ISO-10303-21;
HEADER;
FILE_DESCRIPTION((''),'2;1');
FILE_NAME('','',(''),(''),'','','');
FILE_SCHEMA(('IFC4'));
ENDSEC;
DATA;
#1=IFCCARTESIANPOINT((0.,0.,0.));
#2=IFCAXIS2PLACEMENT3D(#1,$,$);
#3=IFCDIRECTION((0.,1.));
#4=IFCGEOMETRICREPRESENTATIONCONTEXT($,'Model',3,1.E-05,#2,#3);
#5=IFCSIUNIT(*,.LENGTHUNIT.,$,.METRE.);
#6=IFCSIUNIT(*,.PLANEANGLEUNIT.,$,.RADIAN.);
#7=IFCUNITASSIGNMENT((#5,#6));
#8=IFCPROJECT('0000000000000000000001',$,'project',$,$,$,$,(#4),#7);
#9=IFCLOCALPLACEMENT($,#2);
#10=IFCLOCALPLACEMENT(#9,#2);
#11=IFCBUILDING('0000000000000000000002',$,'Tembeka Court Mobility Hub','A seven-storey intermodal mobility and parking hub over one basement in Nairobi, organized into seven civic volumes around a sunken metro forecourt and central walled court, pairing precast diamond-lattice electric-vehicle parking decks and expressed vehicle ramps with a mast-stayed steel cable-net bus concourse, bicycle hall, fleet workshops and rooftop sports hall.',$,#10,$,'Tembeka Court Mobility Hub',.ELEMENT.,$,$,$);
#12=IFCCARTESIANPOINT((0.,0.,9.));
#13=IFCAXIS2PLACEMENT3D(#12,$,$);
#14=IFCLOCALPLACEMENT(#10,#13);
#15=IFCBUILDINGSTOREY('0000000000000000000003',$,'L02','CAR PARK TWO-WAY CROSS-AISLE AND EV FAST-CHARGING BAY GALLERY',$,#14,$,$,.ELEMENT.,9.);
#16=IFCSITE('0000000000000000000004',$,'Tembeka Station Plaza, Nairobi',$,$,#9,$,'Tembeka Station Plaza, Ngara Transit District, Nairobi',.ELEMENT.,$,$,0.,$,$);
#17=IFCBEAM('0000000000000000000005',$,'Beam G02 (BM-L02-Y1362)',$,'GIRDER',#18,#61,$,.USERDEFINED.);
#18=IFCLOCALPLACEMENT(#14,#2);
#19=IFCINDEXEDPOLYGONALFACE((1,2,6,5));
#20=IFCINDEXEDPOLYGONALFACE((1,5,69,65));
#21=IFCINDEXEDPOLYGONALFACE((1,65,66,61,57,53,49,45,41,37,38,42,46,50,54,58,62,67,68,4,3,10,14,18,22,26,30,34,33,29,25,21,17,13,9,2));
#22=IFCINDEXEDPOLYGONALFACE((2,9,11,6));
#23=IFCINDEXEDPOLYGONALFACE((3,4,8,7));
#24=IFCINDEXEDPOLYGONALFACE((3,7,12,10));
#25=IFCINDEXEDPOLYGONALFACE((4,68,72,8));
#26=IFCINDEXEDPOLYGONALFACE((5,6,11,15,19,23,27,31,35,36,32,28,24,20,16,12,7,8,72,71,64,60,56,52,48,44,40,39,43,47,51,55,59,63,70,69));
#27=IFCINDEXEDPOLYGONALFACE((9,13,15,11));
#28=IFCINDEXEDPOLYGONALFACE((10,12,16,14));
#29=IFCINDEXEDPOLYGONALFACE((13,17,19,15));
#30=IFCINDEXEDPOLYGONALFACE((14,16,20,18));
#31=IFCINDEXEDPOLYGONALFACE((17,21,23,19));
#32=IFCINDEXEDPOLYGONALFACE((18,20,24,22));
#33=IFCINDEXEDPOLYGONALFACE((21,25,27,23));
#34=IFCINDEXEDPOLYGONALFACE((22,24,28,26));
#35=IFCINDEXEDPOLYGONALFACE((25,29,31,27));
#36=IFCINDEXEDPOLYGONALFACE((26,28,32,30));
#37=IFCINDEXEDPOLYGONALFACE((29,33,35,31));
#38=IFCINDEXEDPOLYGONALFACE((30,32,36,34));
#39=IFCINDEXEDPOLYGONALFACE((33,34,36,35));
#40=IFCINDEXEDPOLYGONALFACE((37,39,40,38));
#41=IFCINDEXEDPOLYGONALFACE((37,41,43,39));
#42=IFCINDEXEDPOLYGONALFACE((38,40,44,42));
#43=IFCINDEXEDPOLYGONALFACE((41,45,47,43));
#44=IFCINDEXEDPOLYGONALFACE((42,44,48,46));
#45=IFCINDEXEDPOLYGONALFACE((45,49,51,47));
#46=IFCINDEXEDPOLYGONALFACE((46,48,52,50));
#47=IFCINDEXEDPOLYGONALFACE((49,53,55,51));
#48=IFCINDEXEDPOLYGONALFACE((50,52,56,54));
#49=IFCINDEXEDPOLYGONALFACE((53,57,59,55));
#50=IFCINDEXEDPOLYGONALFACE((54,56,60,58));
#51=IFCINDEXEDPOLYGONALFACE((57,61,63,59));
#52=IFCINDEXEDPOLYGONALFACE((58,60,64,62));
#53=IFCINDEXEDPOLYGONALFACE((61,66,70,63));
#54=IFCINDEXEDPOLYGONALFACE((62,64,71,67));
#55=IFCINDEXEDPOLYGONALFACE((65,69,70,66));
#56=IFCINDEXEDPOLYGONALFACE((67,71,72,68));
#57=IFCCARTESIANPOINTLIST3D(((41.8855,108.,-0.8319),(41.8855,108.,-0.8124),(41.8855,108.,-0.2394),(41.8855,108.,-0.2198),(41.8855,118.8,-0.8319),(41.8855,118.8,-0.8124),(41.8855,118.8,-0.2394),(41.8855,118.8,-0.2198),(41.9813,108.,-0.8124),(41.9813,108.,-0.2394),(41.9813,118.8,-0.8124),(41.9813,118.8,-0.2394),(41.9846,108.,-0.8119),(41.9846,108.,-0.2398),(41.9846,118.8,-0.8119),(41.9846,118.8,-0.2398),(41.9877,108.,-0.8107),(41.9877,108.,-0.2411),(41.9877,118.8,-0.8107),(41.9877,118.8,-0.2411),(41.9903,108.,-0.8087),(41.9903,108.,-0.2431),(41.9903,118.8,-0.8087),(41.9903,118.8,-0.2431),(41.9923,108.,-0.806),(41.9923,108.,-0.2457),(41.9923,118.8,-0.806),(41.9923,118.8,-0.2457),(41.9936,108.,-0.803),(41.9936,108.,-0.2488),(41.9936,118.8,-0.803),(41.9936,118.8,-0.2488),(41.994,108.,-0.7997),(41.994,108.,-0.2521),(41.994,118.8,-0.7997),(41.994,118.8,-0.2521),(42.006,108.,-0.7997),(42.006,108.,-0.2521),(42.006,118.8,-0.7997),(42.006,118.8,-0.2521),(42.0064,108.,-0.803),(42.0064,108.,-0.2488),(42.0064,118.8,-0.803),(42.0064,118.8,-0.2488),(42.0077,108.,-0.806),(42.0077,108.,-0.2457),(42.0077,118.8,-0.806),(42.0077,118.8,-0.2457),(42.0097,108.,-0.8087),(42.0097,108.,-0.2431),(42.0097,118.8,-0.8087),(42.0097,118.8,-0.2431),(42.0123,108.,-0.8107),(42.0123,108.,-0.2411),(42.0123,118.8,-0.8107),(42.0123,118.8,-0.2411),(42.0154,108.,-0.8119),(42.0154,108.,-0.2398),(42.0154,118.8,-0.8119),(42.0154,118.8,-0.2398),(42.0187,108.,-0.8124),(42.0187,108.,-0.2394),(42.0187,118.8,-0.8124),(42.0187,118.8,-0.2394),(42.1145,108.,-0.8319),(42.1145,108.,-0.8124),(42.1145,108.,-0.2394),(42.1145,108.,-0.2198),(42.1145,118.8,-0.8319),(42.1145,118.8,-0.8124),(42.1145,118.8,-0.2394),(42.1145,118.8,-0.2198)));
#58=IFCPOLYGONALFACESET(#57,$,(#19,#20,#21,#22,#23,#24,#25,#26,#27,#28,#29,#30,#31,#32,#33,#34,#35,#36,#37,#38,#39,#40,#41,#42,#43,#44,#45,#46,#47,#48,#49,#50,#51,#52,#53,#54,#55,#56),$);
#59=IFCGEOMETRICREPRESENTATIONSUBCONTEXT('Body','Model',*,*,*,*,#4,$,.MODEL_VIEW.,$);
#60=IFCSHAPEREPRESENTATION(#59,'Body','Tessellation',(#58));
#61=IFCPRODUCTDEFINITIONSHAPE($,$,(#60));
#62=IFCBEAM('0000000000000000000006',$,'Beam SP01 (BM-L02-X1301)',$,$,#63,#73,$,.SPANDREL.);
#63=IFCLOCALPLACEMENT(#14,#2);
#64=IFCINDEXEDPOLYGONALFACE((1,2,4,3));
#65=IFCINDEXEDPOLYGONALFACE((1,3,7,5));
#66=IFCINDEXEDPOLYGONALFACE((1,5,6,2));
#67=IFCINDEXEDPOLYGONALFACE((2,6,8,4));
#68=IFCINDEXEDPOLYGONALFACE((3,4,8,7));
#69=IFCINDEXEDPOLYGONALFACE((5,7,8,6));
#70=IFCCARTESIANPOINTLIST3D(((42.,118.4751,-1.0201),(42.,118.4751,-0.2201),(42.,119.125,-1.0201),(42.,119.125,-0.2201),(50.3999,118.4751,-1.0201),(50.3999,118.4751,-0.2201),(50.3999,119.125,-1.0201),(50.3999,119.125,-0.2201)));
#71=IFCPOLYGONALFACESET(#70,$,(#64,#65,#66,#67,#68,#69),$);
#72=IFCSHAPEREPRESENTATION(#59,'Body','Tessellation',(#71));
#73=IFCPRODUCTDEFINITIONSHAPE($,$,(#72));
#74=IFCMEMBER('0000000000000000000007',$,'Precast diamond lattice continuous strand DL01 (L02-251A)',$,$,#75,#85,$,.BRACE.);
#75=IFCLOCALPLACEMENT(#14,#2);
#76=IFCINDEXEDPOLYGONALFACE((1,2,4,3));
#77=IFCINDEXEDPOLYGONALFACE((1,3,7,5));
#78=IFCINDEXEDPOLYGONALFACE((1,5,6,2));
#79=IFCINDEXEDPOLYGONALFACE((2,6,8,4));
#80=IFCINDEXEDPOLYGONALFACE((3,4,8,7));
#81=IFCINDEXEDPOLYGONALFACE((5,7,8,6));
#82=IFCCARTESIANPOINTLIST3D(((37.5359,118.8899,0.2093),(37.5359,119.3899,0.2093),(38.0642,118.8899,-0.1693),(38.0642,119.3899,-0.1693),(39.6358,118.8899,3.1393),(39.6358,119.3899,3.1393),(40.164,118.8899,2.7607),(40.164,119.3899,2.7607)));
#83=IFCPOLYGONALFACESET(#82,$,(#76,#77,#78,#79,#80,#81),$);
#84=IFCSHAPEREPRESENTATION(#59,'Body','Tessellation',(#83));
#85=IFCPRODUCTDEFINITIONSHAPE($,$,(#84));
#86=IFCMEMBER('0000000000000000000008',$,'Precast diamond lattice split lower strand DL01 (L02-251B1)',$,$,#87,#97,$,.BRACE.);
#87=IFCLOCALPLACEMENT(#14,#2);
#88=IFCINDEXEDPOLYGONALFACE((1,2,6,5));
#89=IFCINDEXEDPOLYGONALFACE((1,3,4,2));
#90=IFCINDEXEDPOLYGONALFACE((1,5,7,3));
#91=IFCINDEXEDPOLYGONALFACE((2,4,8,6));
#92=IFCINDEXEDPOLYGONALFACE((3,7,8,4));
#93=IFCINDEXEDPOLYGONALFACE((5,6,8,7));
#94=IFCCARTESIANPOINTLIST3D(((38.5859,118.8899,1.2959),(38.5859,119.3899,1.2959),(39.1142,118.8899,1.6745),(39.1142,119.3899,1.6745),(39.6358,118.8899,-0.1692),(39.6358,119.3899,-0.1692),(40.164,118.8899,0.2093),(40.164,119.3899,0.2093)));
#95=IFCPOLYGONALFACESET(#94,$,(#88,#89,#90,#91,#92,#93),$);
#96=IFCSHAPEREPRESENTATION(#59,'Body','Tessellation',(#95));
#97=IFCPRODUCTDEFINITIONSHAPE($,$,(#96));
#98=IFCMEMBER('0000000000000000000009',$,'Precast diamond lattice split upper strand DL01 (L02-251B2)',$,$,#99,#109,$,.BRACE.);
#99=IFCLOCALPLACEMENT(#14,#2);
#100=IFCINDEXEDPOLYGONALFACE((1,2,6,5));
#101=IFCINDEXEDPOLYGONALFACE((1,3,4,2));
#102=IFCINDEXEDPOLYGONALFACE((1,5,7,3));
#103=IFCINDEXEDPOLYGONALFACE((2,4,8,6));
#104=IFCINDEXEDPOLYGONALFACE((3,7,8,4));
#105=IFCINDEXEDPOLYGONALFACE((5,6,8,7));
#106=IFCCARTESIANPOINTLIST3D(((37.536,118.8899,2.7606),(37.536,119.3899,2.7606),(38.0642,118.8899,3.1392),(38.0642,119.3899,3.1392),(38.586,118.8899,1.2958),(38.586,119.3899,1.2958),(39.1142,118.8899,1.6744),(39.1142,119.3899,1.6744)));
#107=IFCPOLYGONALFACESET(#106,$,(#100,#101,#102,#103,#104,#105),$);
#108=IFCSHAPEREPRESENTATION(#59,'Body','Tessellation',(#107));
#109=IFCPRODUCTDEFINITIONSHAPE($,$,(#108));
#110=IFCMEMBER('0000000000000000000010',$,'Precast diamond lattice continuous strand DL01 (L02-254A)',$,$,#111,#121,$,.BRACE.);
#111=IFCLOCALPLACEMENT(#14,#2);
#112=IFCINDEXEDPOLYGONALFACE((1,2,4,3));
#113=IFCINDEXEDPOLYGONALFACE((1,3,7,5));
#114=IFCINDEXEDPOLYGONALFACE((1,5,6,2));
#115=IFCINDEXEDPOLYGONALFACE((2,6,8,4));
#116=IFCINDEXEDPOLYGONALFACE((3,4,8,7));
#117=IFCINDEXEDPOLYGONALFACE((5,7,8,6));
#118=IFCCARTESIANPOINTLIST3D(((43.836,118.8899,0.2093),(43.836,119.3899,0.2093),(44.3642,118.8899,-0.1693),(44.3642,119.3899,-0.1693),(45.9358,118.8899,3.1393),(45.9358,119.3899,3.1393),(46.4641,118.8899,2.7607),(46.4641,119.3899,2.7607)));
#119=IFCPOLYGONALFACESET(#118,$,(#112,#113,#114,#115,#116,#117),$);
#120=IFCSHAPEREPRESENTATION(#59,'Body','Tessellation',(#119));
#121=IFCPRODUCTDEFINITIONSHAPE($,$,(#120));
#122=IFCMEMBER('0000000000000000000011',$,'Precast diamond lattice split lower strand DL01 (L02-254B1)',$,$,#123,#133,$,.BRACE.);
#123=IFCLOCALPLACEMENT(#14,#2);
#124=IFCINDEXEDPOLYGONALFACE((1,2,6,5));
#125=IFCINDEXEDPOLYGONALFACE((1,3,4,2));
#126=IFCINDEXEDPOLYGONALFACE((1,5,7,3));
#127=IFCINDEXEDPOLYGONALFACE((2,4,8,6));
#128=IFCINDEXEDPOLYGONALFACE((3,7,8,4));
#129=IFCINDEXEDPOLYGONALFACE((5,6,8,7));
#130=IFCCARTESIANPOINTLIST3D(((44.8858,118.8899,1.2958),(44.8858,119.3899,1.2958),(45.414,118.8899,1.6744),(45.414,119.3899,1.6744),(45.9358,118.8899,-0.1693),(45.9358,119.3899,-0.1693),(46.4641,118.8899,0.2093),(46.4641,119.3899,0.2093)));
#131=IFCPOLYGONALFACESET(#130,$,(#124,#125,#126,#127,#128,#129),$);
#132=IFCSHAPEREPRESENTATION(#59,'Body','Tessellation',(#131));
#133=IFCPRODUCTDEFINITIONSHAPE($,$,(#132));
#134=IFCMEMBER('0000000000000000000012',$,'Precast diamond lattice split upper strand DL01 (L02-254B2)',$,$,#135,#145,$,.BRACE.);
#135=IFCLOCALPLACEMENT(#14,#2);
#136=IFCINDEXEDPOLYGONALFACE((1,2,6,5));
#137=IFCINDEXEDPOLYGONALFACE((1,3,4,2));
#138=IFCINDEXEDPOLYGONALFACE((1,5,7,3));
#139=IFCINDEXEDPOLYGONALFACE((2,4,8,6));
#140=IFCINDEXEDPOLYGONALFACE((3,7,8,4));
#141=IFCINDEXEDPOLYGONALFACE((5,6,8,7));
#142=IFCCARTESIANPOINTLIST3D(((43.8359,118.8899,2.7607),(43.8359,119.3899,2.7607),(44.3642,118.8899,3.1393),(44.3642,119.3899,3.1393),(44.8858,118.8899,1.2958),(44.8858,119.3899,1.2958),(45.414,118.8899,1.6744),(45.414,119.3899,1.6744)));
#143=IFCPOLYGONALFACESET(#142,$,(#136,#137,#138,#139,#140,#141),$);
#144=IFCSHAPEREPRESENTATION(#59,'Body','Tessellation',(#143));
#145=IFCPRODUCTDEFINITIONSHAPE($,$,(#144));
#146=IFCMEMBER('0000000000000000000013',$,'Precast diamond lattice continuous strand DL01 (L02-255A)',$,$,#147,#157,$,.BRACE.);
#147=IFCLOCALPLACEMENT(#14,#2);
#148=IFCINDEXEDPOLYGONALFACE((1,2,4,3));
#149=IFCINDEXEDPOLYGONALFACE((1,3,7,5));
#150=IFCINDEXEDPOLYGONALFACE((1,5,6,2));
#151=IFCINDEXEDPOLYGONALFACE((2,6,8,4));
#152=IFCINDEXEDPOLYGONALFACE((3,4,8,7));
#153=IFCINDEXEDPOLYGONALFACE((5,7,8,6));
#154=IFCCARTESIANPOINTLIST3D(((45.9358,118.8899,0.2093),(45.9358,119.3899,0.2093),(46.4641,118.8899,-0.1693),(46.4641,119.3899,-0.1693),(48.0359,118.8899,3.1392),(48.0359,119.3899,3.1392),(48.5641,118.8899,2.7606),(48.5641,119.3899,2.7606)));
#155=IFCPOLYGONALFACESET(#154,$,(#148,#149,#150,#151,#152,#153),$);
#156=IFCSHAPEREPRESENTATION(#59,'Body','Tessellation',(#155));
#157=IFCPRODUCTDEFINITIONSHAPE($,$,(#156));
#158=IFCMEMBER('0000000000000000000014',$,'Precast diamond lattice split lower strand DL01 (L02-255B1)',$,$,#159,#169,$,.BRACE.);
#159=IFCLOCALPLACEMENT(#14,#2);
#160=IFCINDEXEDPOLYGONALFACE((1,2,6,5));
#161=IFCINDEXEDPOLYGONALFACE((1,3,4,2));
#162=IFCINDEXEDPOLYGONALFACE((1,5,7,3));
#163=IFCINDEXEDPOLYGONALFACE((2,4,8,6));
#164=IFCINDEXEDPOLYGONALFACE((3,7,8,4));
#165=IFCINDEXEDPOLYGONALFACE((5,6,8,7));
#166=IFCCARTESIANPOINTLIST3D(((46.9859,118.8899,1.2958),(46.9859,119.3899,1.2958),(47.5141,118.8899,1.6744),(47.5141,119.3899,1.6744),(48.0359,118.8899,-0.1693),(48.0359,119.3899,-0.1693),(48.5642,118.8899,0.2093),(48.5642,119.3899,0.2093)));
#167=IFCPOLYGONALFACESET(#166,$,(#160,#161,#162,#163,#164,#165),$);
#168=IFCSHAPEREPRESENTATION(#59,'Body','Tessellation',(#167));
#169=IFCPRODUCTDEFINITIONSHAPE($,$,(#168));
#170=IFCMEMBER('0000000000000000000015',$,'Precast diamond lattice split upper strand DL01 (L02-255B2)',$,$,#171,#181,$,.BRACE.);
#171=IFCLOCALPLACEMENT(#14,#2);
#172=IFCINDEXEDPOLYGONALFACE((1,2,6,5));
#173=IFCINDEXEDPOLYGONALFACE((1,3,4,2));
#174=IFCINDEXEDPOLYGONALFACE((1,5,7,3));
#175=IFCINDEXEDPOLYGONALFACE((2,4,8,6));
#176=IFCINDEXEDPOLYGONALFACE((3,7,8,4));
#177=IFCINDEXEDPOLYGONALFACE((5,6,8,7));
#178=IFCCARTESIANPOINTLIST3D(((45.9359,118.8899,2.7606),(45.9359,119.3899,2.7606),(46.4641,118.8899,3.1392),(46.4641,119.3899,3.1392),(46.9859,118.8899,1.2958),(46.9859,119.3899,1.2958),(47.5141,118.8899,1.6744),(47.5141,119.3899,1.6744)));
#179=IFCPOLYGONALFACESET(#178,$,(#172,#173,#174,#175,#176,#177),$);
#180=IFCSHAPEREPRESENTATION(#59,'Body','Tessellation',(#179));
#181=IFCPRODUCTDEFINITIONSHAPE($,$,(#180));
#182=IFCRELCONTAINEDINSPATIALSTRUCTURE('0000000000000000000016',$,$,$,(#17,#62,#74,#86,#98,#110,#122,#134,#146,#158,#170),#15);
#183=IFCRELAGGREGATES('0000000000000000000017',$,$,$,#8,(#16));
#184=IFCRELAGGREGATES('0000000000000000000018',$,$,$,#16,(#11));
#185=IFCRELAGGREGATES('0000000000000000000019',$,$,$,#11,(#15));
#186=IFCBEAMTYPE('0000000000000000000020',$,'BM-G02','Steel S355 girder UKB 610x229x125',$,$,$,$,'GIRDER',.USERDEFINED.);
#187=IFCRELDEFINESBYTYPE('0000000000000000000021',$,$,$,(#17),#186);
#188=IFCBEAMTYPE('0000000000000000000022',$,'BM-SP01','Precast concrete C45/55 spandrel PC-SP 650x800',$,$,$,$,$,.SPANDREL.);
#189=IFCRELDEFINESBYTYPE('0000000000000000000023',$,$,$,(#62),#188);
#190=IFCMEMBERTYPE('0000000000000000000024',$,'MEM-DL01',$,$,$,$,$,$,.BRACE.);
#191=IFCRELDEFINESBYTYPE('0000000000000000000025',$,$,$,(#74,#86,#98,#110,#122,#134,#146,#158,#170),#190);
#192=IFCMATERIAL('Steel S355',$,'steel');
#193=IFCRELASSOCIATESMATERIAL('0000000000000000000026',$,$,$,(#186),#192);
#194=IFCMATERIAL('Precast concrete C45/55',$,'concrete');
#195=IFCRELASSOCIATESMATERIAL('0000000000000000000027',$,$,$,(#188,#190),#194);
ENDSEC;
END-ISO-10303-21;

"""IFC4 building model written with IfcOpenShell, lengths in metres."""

from ifc_helpers import new_model, si_unit, direction, frame, origin, origin_2d, place, context, subcontext, project, spatial, rectangle, i_section, extrude, material, material_profile, profile_set, type_object, element, save


model = new_model("IFC4")

# Units and contexts
model_context = context("Model", 3, precision=1e-05, world=origin(), true_north=direction((0.0, 1.0)))
body_context = subcontext(model_context, "Body", "Model", "MODEL_VIEW")
ifc_project = project(units=[si_unit("LENGTHUNIT", "METRE"), si_unit("PLANEANGLEUNIT", "RADIAN")], contexts=[model_context])

# Site, building, storey
site_placement = place(None, origin())
site = spatial("IfcSite", under=ifc_project, at=site_placement, Name="Tembeka Station Plaza, Nairobi", LongName="Tembeka Station Plaza, Ngara Transit District, Nairobi", CompositionType="ELEMENT", RefElevation=0.0)
building_placement = place(site_placement, origin())
building = spatial("IfcBuilding", under=site, at=building_placement, Name="Tembeka Court Mobility Hub", Description="A seven-storey intermodal mobility and parking hub over one basement in Nairobi, organized into seven civic volumes around a sunken metro forecourt and central walled court, pairing precast diamond-lattice electric-vehicle parking decks and expressed vehicle ramps with a mast-stayed steel cable-net bus concourse, bicycle hall, fleet workshops and rooftop sports hall.", LongName="Tembeka Court Mobility Hub", CompositionType="ELEMENT")
storey_placement = place(building_placement, frame((0.0, 0.0, 9.0)))
storey = spatial("IfcBuildingStorey", under=building, at=storey_placement, Name="L02", Description="CAR PARK TWO-WAY CROSS-AISLE AND EV FAST-CHARGING BAY GALLERY", CompositionType="ELEMENT", Elevation=9.0)

# Shared definitions
ifc_material_1 = material(Name="Steel S355", Category="steel")

# Beams
ifc_material_profile_1 = material_profile(ifc_material_1, i_section(OverallWidth=0.229, OverallDepth=0.6121, WebThickness=0.012, FlangeThickness=0.0195, FilletRadius=0.0127, at=origin_2d()), Name="UKB 610x229x125")
ifc_profile_set_1 = profile_set([ifc_material_profile_1], Name="Steel S355")
beam_type_1 = type_object("IfcBeamType", Name="BM-G02", Description="Steel S355 girder UKB 610x229x125", ElementType="GIRDER", PredefinedType="USERDEFINED", material=ifc_profile_set_1)
for number, where, z_axis, x_axis, name in (
    (1, (42.0, 108.0, -0.5259), (0.0, 1.0, 0.0), (-1.0, 0.0, 0.0), "Beam G02 (BM-L02-Y1362)"),
):
    element("IfcBeam", number, at=place(storey_placement, frame(where, z_axis=z_axis, x_axis=x_axis)), inside=storey, type_object=beam_type_1, Name=name, ObjectType="GIRDER", PredefinedType="USERDEFINED", context=body_context, shape_type="SweptSolid", body=[
        extrude(i_section(OverallWidth=0.229, OverallDepth=0.6121, WebThickness=0.012, FlangeThickness=0.0195, FilletRadius=0.0127, at=origin_2d()), origin(), (0.0, 0.0, 1.0), 10.8),
    ])
ifc_material_2 = material(Name="Precast concrete C45/55", Category="concrete")
ifc_material_profile_2 = material_profile(ifc_material_2, rectangle(XDim=0.6499, YDim=0.8, at=origin_2d()), Name="PC-SP 650x800")
ifc_profile_set_2 = profile_set([ifc_material_profile_2], Name="Precast concrete C45/55")
beam_type_2 = type_object("IfcBeamType", Name="BM-SP01", Description="Precast concrete C45/55 spandrel PC-SP 650x800", PredefinedType="SPANDREL", material=ifc_profile_set_2)
beam_1_placement = place(storey_placement, frame((42.0, 118.8, -0.6201), z_axis=(1.0, 0.0, 0.0), x_axis=(0.0, 1.0, 0.0)))
element("IfcBeam", 2, at=beam_1_placement, inside=storey, type_object=beam_type_2, Name="Beam SP01 (BM-L02-X1301)", PredefinedType="SPANDREL", context=body_context, shape_type="SweptSolid", body=[
    extrude(rectangle(XDim=0.6499, YDim=0.8, at=origin_2d()), origin(), (0.0, 0.0, 1.0), 8.3999),
])

# Members
ifc_material_profile_3 = material_profile(ifc_material_2, rectangle(XDim=0.5, YDim=0.6499, at=origin_2d()), Name="PC-DIAG 500x650")
ifc_profile_set_3 = profile_set([ifc_material_profile_3], Name="Precast concrete C45/55")
member_type_1 = type_object("IfcMemberType", Name="MEM-DL01", PredefinedType="BRACE", material=ifc_profile_set_3)
member_1_placement = place(storey_placement, frame((37.8, 119.1399, 0.02), z_axis=(0.582532, 0.0, 0.812808), x_axis=(0.0, 1.0, 0.0)))
element("IfcMember", 3, at=member_1_placement, inside=storey, type_object=member_type_1, Name="Precast diamond lattice continuous strand DL01 (L02-251A)", PredefinedType="BRACE", context=body_context, shape_type="SweptSolid", body=[
    extrude(rectangle(XDim=0.5, YDim=0.6499, at=origin_2d()), origin(), (0.0, 0.0, 1.0), 3.6047),
])
member_2_placement = place(storey_placement, frame((39.8999, 119.1399, 0.02), z_axis=(-0.582455, 0.0, 0.812863), x_axis=(0.0, -1.0, 0.0)))
element("IfcMember", 4, at=member_2_placement, inside=storey, type_object=member_type_1, Name="Precast diamond lattice split lower strand DL01 (L02-251B1)", PredefinedType="BRACE", context=body_context, shape_type="SweptSolid", body=[
    extrude(rectangle(XDim=0.5, YDim=0.6499, at=origin_2d()), origin(), (0.0, 0.0, 1.0), 1.8025),
])
member_3_placement = place(storey_placement, frame((38.8501, 119.1399, 1.4851), z_axis=(-0.582608, 0.0, 0.812753), x_axis=(0.0, -1.0, 0.0)))
element("IfcMember", 5, at=member_3_placement, inside=storey, type_object=member_type_1, Name="Precast diamond lattice split upper strand DL01 (L02-251B2)", PredefinedType="BRACE", context=body_context, shape_type="SweptSolid", body=[
    extrude(rectangle(XDim=0.5, YDim=0.6499, at=origin_2d()), origin(), (0.0, 0.0, 1.0), 1.8022),
])
member_4_placement = place(storey_placement, frame((44.1001, 119.1399, 0.02), z_axis=(0.582532, 0.0, 0.812808), x_axis=(0.0, 1.0, 0.0)))
element("IfcMember", 6, at=member_4_placement, inside=storey, type_object=member_type_1, Name="Precast diamond lattice continuous strand DL01 (L02-254A)", PredefinedType="BRACE", context=body_context, shape_type="SweptSolid", body=[
    extrude(rectangle(XDim=0.5, YDim=0.6499, at=origin_2d()), origin(), (0.0, 0.0, 1.0), 3.6047),
])
member_5_placement = place(storey_placement, frame((46.2, 119.1399, 0.02), z_axis=(-0.582544, 0.0, 0.812799), x_axis=(0.0, -1.0, 0.0)))
element("IfcMember", 7, at=member_5_placement, inside=storey, type_object=member_type_1, Name="Precast diamond lattice split lower strand DL01 (L02-254B1)", PredefinedType="BRACE", context=body_context, shape_type="SweptSolid", body=[
    extrude(rectangle(XDim=0.5, YDim=0.6499, at=origin_2d()), origin(), (0.0, 0.0, 1.0), 1.8025),
])
member_6_placement = place(storey_placement, frame((45.1499, 119.1399, 1.4851), z_axis=(-0.582519, 0.0, 0.812817), x_axis=(0.0, -1.0, 0.0)))
element("IfcMember", 8, at=member_6_placement, inside=storey, type_object=member_type_1, Name="Precast diamond lattice split upper strand DL01 (L02-254B2)", PredefinedType="BRACE", context=body_context, shape_type="SweptSolid", body=[
    extrude(rectangle(XDim=0.5, YDim=0.6499, at=origin_2d()), origin(), (0.0, 0.0, 1.0), 1.8022),
])
member_7_placement = place(storey_placement, frame((46.2, 119.1399, 0.02), z_axis=(0.582576, 0.0, 0.812776), x_axis=(0.0, 1.0, 0.0)))
element("IfcMember", 9, at=member_7_placement, inside=storey, type_object=member_type_1, Name="Precast diamond lattice continuous strand DL01 (L02-255A)", PredefinedType="BRACE", context=body_context, shape_type="SweptSolid", body=[
    extrude(rectangle(XDim=0.5, YDim=0.6499, at=origin_2d()), origin(), (0.0, 0.0, 1.0), 3.6047),
])
member_8_placement = place(storey_placement, frame((48.3, 119.1399, 0.02), z_axis=(-0.582544, 0.0, 0.812799), x_axis=(0.0, -1.0, 0.0)))
element("IfcMember", 10, at=member_8_placement, inside=storey, type_object=member_type_1, Name="Precast diamond lattice split lower strand DL01 (L02-255B1)", PredefinedType="BRACE", context=body_context, shape_type="SweptSolid", body=[
    extrude(rectangle(XDim=0.5, YDim=0.6499, at=origin_2d()), origin(), (0.0, 0.0, 1.0), 1.8025),
])
member_9_placement = place(storey_placement, frame((47.25, 119.1399, 1.4851), z_axis=(-0.582608, 0.0, 0.812753), x_axis=(0.0, -1.0, 0.0)))
element("IfcMember", 11, at=member_9_placement, inside=storey, type_object=member_type_1, Name="Precast diamond lattice split upper strand DL01 (L02-255B2)", PredefinedType="BRACE", context=body_context, shape_type="SweptSolid", body=[
    extrude(rectangle(XDim=0.5, YDim=0.6499, at=origin_2d()), origin(), (0.0, 0.0, 1.0), 1.8022),
])

save(model, "model.ifc")
